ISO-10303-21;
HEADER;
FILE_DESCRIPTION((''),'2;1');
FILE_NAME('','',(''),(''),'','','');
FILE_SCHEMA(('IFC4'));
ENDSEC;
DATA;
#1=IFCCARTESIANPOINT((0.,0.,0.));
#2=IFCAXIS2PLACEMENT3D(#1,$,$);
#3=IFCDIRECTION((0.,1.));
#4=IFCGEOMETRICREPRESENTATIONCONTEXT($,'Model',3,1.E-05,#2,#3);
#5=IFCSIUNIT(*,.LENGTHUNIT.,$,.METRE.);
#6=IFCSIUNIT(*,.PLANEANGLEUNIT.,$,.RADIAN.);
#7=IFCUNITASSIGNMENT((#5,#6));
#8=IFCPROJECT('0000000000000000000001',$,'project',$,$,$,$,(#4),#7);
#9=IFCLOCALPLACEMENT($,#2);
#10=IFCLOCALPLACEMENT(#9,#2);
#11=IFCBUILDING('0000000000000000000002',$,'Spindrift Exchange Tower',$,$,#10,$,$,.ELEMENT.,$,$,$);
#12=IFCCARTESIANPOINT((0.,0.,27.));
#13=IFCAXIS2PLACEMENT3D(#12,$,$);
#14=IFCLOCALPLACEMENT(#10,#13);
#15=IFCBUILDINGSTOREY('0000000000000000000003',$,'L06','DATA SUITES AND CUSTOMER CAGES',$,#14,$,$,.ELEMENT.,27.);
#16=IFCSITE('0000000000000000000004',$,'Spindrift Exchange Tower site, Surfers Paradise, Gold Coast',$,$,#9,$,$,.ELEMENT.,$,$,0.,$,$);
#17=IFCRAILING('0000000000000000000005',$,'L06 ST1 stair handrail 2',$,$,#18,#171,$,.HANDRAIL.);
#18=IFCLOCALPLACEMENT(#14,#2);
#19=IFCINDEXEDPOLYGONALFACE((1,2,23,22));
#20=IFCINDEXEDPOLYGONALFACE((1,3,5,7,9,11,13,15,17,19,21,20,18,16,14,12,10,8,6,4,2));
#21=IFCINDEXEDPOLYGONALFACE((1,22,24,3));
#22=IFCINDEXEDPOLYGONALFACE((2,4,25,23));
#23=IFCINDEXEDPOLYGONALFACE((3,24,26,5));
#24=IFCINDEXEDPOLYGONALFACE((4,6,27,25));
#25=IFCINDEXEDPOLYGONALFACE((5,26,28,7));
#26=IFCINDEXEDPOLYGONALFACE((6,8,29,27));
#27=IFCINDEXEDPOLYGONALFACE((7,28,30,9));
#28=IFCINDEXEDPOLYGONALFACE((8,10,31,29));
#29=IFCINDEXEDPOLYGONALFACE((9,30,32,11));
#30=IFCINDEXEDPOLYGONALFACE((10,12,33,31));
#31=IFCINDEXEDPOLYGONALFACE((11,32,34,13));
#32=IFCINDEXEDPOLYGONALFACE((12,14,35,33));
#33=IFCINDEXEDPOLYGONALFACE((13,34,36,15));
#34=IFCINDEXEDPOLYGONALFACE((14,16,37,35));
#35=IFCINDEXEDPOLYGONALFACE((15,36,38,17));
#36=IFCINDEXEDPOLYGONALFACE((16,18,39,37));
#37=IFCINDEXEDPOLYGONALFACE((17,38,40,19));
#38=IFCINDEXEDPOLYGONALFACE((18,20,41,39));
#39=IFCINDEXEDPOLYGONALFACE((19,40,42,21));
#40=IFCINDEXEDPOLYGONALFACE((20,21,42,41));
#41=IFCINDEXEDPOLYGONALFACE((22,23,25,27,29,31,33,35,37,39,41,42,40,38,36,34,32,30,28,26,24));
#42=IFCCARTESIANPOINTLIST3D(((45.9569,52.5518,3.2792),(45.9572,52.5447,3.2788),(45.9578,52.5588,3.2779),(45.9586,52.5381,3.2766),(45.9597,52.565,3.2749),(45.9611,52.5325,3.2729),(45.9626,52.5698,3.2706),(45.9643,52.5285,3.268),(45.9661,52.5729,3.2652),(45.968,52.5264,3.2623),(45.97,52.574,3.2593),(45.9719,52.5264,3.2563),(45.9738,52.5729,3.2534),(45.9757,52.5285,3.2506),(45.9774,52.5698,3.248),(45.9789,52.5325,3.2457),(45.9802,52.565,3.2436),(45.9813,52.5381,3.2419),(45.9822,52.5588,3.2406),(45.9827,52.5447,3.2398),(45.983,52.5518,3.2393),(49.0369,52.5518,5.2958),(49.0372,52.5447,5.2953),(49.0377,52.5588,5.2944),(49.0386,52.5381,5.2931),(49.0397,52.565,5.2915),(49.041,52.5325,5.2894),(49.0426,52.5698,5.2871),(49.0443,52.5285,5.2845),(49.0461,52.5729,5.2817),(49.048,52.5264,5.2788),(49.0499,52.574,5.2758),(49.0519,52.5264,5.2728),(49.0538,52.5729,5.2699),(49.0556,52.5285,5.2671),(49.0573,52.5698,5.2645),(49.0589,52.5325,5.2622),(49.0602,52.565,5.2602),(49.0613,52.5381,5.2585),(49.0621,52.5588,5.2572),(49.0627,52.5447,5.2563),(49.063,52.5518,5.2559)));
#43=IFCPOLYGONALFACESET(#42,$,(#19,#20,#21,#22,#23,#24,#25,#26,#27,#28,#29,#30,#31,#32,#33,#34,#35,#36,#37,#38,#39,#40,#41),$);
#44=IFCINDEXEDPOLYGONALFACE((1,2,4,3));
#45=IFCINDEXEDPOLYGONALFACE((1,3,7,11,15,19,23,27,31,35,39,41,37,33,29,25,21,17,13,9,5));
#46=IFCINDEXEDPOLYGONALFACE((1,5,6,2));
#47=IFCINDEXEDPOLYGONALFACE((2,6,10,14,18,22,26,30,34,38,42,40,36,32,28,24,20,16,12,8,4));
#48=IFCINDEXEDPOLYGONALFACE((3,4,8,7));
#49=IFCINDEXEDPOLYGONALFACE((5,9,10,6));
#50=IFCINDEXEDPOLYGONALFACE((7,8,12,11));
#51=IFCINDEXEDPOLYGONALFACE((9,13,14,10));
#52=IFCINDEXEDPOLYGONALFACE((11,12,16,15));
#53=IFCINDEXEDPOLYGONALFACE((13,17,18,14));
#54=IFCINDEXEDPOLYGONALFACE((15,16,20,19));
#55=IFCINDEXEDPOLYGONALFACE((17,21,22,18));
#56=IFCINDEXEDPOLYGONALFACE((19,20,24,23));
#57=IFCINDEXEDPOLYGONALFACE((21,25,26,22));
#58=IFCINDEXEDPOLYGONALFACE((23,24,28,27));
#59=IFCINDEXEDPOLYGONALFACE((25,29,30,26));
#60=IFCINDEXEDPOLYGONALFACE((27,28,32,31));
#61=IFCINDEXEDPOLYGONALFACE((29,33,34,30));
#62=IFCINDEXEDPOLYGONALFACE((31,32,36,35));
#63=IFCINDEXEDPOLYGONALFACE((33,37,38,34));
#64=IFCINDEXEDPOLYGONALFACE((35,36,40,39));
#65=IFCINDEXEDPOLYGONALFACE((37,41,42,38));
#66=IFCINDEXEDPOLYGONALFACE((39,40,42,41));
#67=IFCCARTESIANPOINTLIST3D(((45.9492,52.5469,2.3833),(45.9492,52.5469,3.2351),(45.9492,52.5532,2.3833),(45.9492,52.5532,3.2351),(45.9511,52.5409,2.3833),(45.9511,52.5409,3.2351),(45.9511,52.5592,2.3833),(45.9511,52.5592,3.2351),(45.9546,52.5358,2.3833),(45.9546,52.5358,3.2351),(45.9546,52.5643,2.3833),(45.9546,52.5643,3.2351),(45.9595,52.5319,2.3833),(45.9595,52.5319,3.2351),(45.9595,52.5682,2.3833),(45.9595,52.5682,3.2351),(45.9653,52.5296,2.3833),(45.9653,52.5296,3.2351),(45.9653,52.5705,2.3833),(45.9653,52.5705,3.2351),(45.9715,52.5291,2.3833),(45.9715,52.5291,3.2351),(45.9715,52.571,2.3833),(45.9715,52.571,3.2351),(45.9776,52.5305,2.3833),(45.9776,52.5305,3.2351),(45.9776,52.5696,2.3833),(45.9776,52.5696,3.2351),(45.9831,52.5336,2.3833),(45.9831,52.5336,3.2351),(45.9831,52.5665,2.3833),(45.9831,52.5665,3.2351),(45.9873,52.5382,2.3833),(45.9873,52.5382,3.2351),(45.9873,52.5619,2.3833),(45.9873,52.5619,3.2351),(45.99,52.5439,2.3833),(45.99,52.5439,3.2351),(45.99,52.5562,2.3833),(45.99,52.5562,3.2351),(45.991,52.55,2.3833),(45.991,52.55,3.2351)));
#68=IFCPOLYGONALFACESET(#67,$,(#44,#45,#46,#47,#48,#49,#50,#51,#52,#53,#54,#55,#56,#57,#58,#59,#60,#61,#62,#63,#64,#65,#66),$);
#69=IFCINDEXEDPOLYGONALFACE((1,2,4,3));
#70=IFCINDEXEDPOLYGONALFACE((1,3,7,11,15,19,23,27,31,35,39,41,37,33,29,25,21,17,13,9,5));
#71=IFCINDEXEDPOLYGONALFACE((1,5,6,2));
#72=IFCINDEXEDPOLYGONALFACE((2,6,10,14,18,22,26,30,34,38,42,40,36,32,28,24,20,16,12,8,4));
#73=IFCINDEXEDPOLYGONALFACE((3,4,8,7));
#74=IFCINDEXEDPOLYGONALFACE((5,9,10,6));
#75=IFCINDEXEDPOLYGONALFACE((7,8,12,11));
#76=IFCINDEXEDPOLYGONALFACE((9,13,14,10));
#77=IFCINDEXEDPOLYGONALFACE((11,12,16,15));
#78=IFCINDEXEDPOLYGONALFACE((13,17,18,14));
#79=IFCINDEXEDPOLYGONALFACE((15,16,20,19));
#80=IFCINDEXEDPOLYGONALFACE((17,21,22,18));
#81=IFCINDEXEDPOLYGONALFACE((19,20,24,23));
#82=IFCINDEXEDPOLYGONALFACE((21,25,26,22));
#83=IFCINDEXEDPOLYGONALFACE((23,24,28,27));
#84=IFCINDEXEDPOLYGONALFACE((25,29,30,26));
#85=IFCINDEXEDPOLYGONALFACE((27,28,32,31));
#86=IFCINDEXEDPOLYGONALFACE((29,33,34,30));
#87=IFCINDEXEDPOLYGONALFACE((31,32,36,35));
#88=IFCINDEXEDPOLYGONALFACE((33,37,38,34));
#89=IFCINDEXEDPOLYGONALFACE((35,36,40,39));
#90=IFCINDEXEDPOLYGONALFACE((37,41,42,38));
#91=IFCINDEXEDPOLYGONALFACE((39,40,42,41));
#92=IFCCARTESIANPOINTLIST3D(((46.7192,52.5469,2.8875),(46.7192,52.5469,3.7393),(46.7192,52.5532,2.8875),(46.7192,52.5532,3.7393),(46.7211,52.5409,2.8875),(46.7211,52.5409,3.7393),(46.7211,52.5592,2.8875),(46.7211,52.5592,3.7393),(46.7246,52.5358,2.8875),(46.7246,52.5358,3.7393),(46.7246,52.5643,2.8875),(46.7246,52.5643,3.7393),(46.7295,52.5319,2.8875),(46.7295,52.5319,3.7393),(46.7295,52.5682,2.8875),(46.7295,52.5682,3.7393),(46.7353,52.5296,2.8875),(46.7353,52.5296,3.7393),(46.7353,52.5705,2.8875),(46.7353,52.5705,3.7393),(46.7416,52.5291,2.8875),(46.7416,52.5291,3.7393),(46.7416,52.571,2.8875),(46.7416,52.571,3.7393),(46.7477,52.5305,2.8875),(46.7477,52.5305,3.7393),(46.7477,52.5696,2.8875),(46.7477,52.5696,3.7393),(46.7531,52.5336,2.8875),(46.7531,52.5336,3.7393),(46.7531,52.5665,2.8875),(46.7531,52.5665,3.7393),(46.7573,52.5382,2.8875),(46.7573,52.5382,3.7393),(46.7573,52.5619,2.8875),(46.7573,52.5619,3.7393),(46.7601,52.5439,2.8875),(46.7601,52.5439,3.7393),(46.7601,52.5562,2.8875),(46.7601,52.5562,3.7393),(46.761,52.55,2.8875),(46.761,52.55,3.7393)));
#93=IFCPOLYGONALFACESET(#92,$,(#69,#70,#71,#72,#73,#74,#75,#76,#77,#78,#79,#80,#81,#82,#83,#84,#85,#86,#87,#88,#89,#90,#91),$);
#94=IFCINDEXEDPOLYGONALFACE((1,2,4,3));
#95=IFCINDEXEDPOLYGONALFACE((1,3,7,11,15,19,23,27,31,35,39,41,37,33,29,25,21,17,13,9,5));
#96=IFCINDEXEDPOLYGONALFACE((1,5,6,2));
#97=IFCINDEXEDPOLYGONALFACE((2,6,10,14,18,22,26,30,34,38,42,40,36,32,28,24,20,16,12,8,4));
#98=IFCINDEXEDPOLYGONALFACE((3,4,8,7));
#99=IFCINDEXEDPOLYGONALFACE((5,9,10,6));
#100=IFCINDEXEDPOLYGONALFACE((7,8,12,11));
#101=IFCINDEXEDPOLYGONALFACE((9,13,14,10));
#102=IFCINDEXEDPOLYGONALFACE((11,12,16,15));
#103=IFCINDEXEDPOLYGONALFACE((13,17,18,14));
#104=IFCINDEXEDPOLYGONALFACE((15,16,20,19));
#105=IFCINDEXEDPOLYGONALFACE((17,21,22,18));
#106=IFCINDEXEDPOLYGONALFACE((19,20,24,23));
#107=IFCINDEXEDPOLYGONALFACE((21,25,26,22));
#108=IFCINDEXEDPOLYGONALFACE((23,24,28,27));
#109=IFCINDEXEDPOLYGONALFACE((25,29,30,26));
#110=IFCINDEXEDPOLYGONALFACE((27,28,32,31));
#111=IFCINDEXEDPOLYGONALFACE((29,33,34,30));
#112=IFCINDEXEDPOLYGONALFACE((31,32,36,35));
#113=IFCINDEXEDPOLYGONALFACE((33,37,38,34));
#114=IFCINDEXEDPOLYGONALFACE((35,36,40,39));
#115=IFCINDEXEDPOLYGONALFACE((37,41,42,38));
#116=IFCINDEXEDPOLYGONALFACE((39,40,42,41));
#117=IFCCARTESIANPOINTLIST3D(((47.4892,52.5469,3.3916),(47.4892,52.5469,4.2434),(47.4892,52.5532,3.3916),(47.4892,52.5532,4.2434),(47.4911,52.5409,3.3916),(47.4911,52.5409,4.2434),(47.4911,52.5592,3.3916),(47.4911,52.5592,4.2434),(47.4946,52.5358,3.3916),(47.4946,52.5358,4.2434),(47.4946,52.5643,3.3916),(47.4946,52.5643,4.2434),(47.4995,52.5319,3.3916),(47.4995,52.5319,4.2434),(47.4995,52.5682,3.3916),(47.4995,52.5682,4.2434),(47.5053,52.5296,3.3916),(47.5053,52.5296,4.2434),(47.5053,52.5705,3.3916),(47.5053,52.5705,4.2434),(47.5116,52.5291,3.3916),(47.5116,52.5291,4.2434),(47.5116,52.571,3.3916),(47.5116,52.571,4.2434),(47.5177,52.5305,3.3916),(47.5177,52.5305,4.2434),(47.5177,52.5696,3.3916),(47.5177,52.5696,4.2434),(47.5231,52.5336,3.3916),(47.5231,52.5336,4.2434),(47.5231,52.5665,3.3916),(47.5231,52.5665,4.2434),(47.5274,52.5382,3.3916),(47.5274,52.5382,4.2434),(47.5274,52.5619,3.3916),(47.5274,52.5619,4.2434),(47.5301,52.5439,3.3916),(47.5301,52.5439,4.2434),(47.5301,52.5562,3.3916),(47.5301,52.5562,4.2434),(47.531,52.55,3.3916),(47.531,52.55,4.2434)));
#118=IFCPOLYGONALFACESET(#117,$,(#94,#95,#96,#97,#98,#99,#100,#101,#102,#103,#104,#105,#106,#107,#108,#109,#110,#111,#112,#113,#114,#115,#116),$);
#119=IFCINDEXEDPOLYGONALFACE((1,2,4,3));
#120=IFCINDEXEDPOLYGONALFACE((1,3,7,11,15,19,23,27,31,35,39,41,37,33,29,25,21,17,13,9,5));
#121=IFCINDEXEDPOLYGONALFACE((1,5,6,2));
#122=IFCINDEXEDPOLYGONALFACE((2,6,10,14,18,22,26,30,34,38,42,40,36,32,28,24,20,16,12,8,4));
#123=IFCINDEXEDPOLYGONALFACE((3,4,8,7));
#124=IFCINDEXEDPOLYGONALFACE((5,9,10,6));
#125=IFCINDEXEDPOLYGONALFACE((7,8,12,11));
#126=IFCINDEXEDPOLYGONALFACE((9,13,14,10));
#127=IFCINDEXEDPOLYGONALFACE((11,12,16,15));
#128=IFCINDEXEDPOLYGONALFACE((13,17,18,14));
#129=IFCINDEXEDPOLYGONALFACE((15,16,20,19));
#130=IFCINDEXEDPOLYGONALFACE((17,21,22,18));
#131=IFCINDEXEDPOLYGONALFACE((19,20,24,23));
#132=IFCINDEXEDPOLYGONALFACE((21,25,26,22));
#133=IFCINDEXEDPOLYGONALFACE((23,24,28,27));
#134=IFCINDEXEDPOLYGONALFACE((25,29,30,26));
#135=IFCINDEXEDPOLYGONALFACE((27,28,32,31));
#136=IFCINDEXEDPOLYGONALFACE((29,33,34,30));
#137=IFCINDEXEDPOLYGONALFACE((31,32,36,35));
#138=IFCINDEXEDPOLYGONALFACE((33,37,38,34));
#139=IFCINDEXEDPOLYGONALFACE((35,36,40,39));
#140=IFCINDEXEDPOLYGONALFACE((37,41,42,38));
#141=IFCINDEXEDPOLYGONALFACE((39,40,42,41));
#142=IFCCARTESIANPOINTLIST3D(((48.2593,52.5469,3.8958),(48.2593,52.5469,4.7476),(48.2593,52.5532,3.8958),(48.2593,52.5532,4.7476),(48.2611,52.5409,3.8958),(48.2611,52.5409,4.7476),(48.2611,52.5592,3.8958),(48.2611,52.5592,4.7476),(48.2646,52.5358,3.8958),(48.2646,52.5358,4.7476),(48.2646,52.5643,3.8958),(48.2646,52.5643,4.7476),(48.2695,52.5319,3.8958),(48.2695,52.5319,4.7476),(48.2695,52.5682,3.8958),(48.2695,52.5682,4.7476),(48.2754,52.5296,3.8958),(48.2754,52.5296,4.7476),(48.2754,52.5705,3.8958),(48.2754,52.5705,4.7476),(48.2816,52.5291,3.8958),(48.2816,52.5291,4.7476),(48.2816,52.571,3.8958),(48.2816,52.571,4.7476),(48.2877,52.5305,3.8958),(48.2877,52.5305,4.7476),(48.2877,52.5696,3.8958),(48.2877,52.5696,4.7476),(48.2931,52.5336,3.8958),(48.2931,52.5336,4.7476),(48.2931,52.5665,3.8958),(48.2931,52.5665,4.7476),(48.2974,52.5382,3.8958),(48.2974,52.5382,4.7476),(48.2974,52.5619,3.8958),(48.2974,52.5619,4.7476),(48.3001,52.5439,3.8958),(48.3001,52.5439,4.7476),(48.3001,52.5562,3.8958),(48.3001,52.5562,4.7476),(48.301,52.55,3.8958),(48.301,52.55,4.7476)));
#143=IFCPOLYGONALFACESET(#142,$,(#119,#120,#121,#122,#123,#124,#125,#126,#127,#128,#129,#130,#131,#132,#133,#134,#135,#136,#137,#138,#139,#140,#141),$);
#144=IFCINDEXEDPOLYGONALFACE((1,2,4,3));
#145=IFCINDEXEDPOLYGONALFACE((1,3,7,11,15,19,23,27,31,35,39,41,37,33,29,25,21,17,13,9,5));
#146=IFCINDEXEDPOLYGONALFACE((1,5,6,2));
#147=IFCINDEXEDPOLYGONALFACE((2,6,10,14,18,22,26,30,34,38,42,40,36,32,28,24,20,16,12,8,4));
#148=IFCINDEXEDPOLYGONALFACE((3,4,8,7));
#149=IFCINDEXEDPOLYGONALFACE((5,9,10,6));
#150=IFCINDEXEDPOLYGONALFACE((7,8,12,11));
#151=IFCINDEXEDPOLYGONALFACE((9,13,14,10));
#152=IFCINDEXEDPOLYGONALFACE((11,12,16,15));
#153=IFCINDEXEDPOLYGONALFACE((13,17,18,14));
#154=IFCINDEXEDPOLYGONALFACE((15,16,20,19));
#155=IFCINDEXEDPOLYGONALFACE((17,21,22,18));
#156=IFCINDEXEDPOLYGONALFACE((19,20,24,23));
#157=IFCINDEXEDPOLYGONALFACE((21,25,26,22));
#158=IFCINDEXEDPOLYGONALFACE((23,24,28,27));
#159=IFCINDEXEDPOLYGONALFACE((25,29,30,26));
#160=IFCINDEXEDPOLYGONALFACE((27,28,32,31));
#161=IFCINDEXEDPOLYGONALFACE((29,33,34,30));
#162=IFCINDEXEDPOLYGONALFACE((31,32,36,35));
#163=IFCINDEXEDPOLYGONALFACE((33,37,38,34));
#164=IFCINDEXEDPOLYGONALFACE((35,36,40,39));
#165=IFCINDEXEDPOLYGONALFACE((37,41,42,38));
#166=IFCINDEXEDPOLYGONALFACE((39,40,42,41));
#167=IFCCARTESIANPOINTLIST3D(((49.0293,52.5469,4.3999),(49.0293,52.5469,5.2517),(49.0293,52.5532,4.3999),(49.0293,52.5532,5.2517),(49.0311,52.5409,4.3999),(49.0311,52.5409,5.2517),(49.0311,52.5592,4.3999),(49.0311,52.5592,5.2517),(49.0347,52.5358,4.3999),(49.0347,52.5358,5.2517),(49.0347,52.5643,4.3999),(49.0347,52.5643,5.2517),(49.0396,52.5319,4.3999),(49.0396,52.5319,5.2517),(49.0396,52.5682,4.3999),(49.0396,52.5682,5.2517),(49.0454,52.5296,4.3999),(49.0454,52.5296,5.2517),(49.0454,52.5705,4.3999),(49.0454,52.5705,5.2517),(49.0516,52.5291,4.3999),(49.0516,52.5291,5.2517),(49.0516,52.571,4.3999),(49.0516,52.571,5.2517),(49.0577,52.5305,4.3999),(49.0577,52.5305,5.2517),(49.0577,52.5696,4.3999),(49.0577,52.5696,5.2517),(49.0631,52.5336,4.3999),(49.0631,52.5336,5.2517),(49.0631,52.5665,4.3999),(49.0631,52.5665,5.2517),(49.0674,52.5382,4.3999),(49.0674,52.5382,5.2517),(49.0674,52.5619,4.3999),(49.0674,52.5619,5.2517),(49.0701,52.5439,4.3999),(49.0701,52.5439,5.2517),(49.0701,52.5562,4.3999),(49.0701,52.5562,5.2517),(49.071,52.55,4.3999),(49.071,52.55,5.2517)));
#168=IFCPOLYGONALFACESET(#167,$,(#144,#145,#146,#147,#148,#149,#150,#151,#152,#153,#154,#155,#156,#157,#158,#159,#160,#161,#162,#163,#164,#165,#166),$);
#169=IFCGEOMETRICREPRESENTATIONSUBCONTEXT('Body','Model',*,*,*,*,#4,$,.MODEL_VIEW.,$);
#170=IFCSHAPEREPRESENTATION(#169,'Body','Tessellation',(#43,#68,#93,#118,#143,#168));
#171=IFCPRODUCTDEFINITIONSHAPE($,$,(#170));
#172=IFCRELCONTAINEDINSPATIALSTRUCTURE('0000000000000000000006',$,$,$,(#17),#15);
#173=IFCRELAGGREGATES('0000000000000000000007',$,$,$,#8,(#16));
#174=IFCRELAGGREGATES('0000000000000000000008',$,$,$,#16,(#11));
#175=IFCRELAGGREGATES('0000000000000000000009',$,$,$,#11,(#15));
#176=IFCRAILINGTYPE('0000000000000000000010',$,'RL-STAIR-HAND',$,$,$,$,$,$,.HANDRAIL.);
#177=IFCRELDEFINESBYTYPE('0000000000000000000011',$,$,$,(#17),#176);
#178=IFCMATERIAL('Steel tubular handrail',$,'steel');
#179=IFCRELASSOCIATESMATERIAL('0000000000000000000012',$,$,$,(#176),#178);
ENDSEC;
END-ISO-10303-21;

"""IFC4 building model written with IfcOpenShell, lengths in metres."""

from ifc_helpers import new_model, si_unit, direction, frame, origin, origin_2d, place, context, subcontext, project, spatial, circle, extrude, material, type_object, element, save


model = new_model("IFC4")

# Units and contexts
model_context = context("Model", 3, precision=1e-05, world=origin(), true_north=direction((0.0, 1.0)))
body_context = subcontext(model_context, "Body", "Model", "MODEL_VIEW")
ifc_project = project(units=[si_unit("LENGTHUNIT", "METRE"), si_unit("PLANEANGLEUNIT", "RADIAN")], contexts=[model_context])

# Site, building, storey
site_placement = place(None, origin())
site = spatial("IfcSite", under=ifc_project, at=site_placement, Name="Spindrift Exchange Tower site, Surfers Paradise, Gold Coast", CompositionType="ELEMENT", RefElevation=0.0)
building_placement = place(site_placement, origin())
building = spatial("IfcBuilding", under=site, at=building_placement, Name="Spindrift Exchange Tower", CompositionType="ELEMENT")
storey_placement = place(building_placement, frame((0.0, 0.0, 27.0)))
storey = spatial("IfcBuildingStorey", under=building, at=storey_placement, Name="L06", Description="DATA SUITES AND CUSTOMER CAGES", CompositionType="ELEMENT", Elevation=27.0)

# Railing
ifc_material_1 = material(Name="Steel tubular handrail", Category="steel")
railing_type_1 = type_object("IfcRailingType", Name="RL-STAIR-HAND", PredefinedType="HANDRAIL", material=ifc_material_1)
railing_1_placement = place(storey_placement, frame((45.97, 52.55, 2.3833)))
element("IfcRailing", 1, at=railing_1_placement, inside=storey, type_object=railing_type_1, Name="L06 ST1 stair handrail 2", PredefinedType="HANDRAIL", context=body_context, shape_type="SweptSolid", body=[
    extrude(circle(Radius=0.0239, at=origin_2d()), frame((0.0, 0.0, 0.876), z_axis=(0.836633, 0.0, 0.547764), x_axis=(0.0, 1.0, 0.0)), (0.0, 0.0, 1.0), 3.6814),
    extrude(circle(Radius=0.021, at=origin_2d()), origin(), (0.0, 0.0, 1.0), 0.8518),
    extrude(circle(Radius=0.021, at=origin_2d()), frame((0.77, 0.0, 0.5042)), (0.0, 0.0, 1.0), 0.8518),
    extrude(circle(Radius=0.021, at=origin_2d()), frame((1.54, 0.0, 1.0083)), (0.0, 0.0, 1.0), 0.8518),
    extrude(circle(Radius=0.021, at=origin_2d()), frame((2.3101, 0.0, 1.5125)), (0.0, 0.0, 1.0), 0.8518),
    extrude(circle(Radius=0.021, at=origin_2d()), frame((3.0801, 0.0, 2.0166)), (0.0, 0.0, 1.0), 0.8518),
])

save(model, "model.ifc")
